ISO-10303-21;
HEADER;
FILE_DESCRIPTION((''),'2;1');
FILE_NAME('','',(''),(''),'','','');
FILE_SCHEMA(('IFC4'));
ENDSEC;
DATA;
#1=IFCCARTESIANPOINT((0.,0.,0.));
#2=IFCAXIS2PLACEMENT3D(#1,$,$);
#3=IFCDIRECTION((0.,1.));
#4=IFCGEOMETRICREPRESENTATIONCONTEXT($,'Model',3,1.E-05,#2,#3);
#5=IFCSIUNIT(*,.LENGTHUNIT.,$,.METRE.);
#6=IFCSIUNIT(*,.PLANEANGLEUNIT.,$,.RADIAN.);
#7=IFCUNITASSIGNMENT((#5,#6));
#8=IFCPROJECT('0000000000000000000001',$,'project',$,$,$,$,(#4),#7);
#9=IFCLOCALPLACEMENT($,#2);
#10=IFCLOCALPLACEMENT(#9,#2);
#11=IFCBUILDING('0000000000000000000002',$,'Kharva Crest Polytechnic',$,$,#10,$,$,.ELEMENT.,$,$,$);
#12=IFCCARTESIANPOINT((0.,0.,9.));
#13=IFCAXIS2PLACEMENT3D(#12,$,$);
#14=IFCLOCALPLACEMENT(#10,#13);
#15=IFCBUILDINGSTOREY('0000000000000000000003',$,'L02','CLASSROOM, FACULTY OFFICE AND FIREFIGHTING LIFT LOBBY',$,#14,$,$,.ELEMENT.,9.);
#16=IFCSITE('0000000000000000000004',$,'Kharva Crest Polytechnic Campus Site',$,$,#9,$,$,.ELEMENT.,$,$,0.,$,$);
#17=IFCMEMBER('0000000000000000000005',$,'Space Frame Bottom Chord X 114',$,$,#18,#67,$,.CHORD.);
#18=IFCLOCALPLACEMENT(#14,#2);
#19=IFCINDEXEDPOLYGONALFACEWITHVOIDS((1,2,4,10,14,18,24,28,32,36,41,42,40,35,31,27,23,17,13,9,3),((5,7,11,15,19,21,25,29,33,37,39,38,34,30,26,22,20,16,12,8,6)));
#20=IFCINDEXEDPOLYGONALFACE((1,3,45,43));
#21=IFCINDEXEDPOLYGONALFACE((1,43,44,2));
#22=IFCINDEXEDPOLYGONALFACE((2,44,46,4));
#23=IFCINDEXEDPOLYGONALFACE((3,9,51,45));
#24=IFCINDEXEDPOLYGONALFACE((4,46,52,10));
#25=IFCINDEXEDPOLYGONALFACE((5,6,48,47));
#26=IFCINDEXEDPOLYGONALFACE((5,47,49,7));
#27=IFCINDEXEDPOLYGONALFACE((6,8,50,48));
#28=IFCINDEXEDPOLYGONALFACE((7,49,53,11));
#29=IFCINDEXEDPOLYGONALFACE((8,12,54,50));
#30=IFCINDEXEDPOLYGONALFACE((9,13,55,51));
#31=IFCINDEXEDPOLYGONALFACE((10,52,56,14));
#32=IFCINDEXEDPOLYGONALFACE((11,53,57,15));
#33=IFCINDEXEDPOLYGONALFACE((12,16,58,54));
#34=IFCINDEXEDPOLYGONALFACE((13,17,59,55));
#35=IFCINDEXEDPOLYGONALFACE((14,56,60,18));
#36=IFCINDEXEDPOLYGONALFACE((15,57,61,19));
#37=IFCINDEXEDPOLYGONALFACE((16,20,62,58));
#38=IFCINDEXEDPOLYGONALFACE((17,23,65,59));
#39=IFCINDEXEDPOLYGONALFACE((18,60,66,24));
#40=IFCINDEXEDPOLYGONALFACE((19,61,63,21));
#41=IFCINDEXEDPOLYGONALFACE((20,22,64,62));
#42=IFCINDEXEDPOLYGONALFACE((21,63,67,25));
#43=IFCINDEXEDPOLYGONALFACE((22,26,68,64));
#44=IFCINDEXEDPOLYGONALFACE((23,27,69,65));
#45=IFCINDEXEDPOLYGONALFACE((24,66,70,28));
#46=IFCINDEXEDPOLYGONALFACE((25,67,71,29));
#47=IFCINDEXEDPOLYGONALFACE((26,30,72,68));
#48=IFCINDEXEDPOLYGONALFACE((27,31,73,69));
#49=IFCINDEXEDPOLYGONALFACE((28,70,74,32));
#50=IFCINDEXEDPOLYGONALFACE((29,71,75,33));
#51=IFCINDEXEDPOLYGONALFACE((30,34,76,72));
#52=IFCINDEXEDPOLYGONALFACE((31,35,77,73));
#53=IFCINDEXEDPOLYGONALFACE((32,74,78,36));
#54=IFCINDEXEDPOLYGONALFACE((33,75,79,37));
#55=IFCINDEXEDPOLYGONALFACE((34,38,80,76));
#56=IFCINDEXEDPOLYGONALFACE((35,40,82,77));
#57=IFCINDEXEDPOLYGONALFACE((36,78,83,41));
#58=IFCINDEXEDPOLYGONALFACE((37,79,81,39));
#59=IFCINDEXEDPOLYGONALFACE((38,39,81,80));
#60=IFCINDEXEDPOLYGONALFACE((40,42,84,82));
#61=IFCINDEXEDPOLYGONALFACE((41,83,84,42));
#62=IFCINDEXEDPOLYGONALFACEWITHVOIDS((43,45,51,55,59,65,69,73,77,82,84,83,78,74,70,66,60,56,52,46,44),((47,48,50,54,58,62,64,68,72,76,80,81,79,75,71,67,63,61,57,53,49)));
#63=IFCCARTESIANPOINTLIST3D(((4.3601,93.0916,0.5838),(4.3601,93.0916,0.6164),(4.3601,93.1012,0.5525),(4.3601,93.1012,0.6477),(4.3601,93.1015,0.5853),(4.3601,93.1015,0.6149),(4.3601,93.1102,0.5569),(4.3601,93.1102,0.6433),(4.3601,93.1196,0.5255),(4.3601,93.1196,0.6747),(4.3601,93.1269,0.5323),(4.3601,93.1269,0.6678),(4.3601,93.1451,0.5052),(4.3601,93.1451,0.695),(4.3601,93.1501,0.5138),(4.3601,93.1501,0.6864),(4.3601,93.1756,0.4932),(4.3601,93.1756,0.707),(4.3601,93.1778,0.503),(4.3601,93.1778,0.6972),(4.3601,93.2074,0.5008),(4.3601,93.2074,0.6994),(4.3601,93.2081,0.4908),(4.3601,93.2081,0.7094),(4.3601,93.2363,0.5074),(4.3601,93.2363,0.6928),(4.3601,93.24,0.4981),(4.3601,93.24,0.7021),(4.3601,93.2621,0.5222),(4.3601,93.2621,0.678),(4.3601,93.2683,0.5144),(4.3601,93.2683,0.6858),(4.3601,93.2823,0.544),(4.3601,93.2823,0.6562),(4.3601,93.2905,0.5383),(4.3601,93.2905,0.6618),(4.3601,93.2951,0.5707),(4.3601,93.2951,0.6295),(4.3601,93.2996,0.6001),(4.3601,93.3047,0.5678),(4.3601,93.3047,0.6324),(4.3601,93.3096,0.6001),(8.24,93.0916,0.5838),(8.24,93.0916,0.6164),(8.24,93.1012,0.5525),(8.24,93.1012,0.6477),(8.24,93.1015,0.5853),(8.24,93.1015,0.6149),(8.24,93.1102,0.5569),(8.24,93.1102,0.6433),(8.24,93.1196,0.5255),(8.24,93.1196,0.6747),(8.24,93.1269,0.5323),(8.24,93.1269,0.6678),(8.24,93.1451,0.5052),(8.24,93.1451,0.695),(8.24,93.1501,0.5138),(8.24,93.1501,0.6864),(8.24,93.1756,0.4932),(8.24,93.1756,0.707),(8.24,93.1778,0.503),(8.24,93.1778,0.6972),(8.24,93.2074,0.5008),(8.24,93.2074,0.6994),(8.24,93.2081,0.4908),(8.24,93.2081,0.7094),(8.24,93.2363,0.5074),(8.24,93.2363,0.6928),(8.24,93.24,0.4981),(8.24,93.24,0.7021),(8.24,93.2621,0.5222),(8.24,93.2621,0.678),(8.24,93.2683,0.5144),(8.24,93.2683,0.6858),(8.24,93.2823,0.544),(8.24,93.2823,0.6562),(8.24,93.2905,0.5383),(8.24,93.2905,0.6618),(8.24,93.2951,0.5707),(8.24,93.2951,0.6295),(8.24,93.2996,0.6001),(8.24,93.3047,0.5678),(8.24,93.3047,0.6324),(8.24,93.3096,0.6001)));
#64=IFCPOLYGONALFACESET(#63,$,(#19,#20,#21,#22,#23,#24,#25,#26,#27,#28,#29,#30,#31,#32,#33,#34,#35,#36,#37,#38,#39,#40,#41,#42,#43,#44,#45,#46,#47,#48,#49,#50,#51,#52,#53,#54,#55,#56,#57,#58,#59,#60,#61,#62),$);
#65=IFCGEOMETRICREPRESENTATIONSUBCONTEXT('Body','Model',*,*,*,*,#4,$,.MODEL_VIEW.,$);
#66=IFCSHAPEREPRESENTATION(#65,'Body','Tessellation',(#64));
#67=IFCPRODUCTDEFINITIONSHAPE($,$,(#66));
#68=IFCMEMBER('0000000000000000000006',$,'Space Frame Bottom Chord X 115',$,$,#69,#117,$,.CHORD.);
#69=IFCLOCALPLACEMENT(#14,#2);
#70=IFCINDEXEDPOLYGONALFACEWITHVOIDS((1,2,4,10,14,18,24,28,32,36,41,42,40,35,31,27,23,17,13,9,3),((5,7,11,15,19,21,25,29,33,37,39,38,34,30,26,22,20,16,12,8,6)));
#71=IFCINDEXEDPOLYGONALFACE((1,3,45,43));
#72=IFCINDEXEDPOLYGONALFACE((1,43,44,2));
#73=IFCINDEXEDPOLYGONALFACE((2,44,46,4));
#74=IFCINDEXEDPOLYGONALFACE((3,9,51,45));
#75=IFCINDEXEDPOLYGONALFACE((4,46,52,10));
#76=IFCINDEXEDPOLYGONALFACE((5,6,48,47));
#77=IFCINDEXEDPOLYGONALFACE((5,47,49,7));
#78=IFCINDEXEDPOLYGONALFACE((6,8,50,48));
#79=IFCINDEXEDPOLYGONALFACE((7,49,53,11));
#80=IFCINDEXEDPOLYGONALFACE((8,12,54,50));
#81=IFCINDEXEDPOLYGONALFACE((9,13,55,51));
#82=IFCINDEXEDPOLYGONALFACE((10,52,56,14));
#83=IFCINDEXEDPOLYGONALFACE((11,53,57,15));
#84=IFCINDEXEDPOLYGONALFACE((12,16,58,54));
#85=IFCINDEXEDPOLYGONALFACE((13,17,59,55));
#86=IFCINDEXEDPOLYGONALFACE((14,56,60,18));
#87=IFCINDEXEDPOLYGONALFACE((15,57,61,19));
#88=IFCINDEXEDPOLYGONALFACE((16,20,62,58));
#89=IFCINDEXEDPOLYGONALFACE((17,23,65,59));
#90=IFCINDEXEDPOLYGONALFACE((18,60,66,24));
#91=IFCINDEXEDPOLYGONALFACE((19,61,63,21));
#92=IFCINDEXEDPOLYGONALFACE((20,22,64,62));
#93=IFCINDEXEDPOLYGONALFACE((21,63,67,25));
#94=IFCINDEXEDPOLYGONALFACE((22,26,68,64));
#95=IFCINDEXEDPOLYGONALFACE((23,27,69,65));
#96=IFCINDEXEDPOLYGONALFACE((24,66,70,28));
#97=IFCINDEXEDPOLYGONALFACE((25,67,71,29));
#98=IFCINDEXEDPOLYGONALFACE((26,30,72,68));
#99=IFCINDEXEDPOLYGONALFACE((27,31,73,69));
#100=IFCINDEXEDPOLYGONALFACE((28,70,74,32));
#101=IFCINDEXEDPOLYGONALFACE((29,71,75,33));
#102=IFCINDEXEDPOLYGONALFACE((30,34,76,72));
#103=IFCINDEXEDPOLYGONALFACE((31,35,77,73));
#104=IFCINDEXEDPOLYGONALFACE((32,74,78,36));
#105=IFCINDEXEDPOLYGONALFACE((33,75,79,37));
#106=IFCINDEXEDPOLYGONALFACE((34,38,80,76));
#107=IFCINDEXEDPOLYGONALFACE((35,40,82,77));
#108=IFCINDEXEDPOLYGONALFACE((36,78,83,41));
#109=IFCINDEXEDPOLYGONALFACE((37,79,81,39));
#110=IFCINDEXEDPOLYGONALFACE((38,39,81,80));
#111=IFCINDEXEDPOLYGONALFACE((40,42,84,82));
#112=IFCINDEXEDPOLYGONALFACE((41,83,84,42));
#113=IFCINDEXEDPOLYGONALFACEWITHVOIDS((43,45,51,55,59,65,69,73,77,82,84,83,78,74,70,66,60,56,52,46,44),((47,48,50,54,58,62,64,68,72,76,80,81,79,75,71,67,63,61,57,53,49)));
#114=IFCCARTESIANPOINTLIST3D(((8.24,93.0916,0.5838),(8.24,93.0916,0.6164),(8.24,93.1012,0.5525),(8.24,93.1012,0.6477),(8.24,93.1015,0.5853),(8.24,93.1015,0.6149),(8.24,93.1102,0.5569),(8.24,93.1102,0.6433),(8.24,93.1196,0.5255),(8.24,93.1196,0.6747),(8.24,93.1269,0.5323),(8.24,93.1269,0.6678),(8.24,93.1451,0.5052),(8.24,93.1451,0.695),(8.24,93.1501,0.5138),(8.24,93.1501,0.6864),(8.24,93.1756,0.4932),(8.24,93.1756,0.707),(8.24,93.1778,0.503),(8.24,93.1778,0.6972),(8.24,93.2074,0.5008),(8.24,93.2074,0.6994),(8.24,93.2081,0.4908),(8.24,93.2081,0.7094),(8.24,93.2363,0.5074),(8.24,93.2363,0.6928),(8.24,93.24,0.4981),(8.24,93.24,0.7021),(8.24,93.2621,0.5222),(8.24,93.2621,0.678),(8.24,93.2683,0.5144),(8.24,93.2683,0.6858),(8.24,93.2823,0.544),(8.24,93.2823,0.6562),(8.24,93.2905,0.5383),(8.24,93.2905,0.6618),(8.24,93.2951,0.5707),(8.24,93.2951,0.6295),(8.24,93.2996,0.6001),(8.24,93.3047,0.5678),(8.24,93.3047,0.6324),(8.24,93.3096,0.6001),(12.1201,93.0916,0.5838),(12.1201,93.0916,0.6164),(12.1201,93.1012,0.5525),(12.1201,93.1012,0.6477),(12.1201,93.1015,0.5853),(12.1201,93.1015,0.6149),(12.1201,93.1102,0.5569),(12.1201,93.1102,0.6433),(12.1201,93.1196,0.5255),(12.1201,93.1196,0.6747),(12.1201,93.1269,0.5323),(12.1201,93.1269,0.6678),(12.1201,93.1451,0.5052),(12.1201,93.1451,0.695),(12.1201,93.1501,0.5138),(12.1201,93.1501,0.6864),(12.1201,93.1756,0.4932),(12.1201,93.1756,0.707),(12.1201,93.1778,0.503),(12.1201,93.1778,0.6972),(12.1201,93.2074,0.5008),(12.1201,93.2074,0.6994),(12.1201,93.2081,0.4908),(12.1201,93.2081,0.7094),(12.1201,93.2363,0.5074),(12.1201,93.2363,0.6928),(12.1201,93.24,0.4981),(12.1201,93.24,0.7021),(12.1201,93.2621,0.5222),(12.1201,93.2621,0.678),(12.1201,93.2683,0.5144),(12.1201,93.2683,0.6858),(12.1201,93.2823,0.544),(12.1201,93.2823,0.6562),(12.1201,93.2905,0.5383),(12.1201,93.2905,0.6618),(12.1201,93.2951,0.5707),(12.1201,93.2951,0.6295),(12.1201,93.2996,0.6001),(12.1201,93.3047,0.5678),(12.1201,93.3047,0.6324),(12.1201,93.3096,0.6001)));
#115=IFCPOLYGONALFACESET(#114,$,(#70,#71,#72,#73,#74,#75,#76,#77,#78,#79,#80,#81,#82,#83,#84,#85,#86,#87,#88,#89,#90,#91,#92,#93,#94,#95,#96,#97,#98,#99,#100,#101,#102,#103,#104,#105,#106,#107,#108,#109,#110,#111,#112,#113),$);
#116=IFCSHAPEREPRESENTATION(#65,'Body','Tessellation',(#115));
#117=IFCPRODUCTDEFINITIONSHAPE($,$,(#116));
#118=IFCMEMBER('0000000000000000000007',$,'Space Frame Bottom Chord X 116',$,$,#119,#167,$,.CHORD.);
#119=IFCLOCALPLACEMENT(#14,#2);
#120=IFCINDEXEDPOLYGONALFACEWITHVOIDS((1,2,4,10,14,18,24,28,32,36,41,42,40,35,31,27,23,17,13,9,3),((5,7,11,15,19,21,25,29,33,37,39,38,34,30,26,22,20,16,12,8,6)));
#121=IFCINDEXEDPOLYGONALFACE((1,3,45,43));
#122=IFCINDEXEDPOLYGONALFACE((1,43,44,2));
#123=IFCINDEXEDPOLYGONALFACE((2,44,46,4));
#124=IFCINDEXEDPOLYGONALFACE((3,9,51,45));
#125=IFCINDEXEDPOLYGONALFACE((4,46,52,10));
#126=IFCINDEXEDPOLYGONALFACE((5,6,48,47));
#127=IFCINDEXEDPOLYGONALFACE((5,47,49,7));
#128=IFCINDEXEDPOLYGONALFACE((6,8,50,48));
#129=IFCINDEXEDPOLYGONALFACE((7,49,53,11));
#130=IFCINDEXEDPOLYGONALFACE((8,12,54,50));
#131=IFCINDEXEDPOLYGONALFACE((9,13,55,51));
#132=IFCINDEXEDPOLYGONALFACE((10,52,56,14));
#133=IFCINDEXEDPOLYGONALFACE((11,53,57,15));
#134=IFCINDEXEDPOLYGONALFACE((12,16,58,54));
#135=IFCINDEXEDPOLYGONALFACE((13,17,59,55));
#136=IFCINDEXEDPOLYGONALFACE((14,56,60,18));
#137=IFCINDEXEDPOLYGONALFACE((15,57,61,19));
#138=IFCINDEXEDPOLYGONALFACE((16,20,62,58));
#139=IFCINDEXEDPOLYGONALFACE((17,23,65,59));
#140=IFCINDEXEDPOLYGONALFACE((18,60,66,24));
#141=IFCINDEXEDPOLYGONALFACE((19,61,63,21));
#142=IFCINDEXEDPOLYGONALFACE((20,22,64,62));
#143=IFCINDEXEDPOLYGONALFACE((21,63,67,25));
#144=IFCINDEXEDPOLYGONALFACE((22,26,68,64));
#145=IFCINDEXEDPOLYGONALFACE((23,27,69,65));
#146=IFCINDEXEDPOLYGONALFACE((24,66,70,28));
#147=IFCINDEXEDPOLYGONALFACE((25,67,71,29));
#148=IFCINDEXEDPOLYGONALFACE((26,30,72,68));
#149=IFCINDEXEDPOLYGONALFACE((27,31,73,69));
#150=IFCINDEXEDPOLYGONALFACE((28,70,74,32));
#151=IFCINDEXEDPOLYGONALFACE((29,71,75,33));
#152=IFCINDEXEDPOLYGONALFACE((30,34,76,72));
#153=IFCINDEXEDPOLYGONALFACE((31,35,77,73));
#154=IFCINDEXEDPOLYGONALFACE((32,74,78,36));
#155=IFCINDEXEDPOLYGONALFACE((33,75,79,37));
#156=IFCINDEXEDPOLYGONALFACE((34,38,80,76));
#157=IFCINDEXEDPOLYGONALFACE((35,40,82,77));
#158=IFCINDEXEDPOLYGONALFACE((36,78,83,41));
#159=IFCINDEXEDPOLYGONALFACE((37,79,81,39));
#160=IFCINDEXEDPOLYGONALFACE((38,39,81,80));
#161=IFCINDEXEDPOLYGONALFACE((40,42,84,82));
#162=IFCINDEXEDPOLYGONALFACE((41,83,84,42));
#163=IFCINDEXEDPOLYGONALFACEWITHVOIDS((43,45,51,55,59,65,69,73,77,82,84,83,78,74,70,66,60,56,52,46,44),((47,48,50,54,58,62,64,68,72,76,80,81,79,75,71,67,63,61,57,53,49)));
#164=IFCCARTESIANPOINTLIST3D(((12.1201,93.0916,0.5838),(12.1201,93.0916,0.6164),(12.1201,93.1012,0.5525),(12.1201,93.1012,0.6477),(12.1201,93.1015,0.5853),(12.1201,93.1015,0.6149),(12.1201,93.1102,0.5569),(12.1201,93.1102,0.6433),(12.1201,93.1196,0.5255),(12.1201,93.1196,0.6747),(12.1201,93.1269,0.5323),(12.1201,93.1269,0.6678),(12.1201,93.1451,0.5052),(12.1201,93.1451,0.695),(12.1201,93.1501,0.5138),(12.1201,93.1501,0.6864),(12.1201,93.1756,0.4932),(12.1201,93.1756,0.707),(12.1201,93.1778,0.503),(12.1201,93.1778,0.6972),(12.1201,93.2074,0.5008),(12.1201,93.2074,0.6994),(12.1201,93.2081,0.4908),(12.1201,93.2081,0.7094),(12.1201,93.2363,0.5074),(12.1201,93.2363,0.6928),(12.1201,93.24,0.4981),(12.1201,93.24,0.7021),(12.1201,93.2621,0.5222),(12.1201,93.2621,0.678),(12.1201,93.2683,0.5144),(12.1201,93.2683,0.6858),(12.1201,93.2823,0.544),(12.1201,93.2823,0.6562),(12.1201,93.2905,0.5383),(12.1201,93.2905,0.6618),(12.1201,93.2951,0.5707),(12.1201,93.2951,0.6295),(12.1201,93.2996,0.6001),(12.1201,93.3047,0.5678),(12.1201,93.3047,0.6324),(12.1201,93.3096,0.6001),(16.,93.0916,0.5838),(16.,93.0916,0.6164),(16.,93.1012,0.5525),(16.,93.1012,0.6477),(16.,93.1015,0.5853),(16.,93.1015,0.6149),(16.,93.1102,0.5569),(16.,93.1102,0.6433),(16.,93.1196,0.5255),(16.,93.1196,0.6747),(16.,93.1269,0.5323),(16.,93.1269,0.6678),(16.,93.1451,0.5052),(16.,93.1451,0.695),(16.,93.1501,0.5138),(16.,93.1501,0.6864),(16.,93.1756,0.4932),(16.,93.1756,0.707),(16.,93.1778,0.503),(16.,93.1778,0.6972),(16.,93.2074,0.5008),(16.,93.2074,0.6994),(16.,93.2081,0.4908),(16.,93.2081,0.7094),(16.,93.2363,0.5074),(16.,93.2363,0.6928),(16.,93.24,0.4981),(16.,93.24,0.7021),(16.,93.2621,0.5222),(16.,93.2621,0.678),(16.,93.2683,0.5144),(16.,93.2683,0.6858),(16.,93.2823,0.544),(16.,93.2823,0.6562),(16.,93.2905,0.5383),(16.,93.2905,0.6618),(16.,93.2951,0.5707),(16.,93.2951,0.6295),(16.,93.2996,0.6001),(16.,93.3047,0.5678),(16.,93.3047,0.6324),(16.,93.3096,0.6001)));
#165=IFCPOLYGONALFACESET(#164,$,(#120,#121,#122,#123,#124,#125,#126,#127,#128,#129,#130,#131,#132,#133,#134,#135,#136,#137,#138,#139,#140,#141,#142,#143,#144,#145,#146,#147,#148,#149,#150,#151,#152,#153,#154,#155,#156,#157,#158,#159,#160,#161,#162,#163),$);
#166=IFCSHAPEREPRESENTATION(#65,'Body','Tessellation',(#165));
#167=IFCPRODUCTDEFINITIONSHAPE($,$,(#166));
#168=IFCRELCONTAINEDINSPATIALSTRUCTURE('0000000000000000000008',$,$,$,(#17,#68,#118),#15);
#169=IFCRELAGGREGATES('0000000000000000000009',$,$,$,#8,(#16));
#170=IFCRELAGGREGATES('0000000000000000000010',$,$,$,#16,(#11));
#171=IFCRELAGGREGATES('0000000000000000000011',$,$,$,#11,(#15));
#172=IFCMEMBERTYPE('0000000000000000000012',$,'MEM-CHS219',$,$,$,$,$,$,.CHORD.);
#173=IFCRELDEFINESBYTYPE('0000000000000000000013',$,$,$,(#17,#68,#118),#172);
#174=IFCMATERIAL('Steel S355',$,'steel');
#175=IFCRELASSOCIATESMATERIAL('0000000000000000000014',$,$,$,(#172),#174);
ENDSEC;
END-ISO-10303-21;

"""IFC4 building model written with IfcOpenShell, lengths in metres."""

from ifc_helpers import new_model, si_unit, direction, frame, origin, origin_2d, place, context, subcontext, project, spatial, hollow_circle, extrude, material, material_profile, profile_set, type_object, element, save


model = new_model("IFC4")

# Units and contexts
model_context = context("Model", 3, precision=1e-05, world=origin(), true_north=direction((0.0, 1.0)))
body_context = subcontext(model_context, "Body", "Model", "MODEL_VIEW")
ifc_project = project(units=[si_unit("LENGTHUNIT", "METRE"), si_unit("PLANEANGLEUNIT", "RADIAN")], contexts=[model_context])

# Site, building, storey
site_placement = place(None, origin())
site = spatial("IfcSite", under=ifc_project, at=site_placement, Name="Kharva Crest Polytechnic Campus Site", CompositionType="ELEMENT", RefElevation=0.0)
building_placement = place(site_placement, origin())
building = spatial("IfcBuilding", under=site, at=building_placement, Name="Kharva Crest Polytechnic", CompositionType="ELEMENT")
storey_placement = place(building_placement, frame((0.0, 0.0, 9.0)))
storey = spatial("IfcBuildingStorey", under=building, at=storey_placement, Name="L02", Description="CLASSROOM, FACULTY OFFICE AND FIREFIGHTING LIFT LOBBY", CompositionType="ELEMENT", Elevation=9.0)

# Members
ifc_material = material(Name="Steel S355", Category="steel")
ifc_material_profile_1 = material_profile(ifc_material, hollow_circle(Radius=0.1096, WallThickness=0.01, at=origin_2d()), Name="CHS 219.1X10.0")
ifc_profile_set_1 = profile_set([ifc_material_profile_1], Name="Steel S355")
member_type_1 = type_object("IfcMemberType", Name="MEM-CHS219", PredefinedType="CHORD", material=ifc_profile_set_1)
member_1_placement = place(storey_placement, frame((4.3601, 93.2, 0.6001), z_axis=(1.0, 0.0, 0.0), x_axis=(0.0, 1.0, 0.0)))
element("IfcMember", 1, at=member_1_placement, inside=storey, type_object=member_type_1, Name="Space Frame Bottom Chord X 114", PredefinedType="CHORD", context=body_context, shape_type="SweptSolid", body=[
    extrude(hollow_circle(Radius=0.1096, WallThickness=0.01, at=origin_2d()), origin(), (0.0, 0.0, 1.0), 3.8799),
])
member_2_placement = place(storey_placement, frame((8.24, 93.2, 0.6001), z_axis=(1.0, 0.0, 0.0), x_axis=(0.0, 1.0, 0.0)))
element("IfcMember", 2, at=member_2_placement, inside=storey, type_object=member_type_1, Name="Space Frame Bottom Chord X 115", PredefinedType="CHORD", context=body_context, shape_type="SweptSolid", body=[
    extrude(hollow_circle(Radius=0.1096, WallThickness=0.01, at=origin_2d()), origin(), (0.0, 0.0, 1.0), 3.8801),
])
for number, where, z_axis, x_axis, name in (
    (3, (12.1201, 93.2, 0.6001), (1.0, 0.0, 0.0), (0.0, 1.0, 0.0), "Space Frame Bottom Chord X 116"),
):
    element("IfcMember", number, at=place(storey_placement, frame(where, z_axis=z_axis, x_axis=x_axis)), inside=storey, type_object=member_type_1, Name=name, PredefinedType="CHORD", context=body_context, shape_type="SweptSolid", body=[
        extrude(hollow_circle(Radius=0.1096, WallThickness=0.01, at=origin_2d()), origin(), (0.0, 0.0, 1.0), 3.8799),
    ])

save(model, "model.ifc")
